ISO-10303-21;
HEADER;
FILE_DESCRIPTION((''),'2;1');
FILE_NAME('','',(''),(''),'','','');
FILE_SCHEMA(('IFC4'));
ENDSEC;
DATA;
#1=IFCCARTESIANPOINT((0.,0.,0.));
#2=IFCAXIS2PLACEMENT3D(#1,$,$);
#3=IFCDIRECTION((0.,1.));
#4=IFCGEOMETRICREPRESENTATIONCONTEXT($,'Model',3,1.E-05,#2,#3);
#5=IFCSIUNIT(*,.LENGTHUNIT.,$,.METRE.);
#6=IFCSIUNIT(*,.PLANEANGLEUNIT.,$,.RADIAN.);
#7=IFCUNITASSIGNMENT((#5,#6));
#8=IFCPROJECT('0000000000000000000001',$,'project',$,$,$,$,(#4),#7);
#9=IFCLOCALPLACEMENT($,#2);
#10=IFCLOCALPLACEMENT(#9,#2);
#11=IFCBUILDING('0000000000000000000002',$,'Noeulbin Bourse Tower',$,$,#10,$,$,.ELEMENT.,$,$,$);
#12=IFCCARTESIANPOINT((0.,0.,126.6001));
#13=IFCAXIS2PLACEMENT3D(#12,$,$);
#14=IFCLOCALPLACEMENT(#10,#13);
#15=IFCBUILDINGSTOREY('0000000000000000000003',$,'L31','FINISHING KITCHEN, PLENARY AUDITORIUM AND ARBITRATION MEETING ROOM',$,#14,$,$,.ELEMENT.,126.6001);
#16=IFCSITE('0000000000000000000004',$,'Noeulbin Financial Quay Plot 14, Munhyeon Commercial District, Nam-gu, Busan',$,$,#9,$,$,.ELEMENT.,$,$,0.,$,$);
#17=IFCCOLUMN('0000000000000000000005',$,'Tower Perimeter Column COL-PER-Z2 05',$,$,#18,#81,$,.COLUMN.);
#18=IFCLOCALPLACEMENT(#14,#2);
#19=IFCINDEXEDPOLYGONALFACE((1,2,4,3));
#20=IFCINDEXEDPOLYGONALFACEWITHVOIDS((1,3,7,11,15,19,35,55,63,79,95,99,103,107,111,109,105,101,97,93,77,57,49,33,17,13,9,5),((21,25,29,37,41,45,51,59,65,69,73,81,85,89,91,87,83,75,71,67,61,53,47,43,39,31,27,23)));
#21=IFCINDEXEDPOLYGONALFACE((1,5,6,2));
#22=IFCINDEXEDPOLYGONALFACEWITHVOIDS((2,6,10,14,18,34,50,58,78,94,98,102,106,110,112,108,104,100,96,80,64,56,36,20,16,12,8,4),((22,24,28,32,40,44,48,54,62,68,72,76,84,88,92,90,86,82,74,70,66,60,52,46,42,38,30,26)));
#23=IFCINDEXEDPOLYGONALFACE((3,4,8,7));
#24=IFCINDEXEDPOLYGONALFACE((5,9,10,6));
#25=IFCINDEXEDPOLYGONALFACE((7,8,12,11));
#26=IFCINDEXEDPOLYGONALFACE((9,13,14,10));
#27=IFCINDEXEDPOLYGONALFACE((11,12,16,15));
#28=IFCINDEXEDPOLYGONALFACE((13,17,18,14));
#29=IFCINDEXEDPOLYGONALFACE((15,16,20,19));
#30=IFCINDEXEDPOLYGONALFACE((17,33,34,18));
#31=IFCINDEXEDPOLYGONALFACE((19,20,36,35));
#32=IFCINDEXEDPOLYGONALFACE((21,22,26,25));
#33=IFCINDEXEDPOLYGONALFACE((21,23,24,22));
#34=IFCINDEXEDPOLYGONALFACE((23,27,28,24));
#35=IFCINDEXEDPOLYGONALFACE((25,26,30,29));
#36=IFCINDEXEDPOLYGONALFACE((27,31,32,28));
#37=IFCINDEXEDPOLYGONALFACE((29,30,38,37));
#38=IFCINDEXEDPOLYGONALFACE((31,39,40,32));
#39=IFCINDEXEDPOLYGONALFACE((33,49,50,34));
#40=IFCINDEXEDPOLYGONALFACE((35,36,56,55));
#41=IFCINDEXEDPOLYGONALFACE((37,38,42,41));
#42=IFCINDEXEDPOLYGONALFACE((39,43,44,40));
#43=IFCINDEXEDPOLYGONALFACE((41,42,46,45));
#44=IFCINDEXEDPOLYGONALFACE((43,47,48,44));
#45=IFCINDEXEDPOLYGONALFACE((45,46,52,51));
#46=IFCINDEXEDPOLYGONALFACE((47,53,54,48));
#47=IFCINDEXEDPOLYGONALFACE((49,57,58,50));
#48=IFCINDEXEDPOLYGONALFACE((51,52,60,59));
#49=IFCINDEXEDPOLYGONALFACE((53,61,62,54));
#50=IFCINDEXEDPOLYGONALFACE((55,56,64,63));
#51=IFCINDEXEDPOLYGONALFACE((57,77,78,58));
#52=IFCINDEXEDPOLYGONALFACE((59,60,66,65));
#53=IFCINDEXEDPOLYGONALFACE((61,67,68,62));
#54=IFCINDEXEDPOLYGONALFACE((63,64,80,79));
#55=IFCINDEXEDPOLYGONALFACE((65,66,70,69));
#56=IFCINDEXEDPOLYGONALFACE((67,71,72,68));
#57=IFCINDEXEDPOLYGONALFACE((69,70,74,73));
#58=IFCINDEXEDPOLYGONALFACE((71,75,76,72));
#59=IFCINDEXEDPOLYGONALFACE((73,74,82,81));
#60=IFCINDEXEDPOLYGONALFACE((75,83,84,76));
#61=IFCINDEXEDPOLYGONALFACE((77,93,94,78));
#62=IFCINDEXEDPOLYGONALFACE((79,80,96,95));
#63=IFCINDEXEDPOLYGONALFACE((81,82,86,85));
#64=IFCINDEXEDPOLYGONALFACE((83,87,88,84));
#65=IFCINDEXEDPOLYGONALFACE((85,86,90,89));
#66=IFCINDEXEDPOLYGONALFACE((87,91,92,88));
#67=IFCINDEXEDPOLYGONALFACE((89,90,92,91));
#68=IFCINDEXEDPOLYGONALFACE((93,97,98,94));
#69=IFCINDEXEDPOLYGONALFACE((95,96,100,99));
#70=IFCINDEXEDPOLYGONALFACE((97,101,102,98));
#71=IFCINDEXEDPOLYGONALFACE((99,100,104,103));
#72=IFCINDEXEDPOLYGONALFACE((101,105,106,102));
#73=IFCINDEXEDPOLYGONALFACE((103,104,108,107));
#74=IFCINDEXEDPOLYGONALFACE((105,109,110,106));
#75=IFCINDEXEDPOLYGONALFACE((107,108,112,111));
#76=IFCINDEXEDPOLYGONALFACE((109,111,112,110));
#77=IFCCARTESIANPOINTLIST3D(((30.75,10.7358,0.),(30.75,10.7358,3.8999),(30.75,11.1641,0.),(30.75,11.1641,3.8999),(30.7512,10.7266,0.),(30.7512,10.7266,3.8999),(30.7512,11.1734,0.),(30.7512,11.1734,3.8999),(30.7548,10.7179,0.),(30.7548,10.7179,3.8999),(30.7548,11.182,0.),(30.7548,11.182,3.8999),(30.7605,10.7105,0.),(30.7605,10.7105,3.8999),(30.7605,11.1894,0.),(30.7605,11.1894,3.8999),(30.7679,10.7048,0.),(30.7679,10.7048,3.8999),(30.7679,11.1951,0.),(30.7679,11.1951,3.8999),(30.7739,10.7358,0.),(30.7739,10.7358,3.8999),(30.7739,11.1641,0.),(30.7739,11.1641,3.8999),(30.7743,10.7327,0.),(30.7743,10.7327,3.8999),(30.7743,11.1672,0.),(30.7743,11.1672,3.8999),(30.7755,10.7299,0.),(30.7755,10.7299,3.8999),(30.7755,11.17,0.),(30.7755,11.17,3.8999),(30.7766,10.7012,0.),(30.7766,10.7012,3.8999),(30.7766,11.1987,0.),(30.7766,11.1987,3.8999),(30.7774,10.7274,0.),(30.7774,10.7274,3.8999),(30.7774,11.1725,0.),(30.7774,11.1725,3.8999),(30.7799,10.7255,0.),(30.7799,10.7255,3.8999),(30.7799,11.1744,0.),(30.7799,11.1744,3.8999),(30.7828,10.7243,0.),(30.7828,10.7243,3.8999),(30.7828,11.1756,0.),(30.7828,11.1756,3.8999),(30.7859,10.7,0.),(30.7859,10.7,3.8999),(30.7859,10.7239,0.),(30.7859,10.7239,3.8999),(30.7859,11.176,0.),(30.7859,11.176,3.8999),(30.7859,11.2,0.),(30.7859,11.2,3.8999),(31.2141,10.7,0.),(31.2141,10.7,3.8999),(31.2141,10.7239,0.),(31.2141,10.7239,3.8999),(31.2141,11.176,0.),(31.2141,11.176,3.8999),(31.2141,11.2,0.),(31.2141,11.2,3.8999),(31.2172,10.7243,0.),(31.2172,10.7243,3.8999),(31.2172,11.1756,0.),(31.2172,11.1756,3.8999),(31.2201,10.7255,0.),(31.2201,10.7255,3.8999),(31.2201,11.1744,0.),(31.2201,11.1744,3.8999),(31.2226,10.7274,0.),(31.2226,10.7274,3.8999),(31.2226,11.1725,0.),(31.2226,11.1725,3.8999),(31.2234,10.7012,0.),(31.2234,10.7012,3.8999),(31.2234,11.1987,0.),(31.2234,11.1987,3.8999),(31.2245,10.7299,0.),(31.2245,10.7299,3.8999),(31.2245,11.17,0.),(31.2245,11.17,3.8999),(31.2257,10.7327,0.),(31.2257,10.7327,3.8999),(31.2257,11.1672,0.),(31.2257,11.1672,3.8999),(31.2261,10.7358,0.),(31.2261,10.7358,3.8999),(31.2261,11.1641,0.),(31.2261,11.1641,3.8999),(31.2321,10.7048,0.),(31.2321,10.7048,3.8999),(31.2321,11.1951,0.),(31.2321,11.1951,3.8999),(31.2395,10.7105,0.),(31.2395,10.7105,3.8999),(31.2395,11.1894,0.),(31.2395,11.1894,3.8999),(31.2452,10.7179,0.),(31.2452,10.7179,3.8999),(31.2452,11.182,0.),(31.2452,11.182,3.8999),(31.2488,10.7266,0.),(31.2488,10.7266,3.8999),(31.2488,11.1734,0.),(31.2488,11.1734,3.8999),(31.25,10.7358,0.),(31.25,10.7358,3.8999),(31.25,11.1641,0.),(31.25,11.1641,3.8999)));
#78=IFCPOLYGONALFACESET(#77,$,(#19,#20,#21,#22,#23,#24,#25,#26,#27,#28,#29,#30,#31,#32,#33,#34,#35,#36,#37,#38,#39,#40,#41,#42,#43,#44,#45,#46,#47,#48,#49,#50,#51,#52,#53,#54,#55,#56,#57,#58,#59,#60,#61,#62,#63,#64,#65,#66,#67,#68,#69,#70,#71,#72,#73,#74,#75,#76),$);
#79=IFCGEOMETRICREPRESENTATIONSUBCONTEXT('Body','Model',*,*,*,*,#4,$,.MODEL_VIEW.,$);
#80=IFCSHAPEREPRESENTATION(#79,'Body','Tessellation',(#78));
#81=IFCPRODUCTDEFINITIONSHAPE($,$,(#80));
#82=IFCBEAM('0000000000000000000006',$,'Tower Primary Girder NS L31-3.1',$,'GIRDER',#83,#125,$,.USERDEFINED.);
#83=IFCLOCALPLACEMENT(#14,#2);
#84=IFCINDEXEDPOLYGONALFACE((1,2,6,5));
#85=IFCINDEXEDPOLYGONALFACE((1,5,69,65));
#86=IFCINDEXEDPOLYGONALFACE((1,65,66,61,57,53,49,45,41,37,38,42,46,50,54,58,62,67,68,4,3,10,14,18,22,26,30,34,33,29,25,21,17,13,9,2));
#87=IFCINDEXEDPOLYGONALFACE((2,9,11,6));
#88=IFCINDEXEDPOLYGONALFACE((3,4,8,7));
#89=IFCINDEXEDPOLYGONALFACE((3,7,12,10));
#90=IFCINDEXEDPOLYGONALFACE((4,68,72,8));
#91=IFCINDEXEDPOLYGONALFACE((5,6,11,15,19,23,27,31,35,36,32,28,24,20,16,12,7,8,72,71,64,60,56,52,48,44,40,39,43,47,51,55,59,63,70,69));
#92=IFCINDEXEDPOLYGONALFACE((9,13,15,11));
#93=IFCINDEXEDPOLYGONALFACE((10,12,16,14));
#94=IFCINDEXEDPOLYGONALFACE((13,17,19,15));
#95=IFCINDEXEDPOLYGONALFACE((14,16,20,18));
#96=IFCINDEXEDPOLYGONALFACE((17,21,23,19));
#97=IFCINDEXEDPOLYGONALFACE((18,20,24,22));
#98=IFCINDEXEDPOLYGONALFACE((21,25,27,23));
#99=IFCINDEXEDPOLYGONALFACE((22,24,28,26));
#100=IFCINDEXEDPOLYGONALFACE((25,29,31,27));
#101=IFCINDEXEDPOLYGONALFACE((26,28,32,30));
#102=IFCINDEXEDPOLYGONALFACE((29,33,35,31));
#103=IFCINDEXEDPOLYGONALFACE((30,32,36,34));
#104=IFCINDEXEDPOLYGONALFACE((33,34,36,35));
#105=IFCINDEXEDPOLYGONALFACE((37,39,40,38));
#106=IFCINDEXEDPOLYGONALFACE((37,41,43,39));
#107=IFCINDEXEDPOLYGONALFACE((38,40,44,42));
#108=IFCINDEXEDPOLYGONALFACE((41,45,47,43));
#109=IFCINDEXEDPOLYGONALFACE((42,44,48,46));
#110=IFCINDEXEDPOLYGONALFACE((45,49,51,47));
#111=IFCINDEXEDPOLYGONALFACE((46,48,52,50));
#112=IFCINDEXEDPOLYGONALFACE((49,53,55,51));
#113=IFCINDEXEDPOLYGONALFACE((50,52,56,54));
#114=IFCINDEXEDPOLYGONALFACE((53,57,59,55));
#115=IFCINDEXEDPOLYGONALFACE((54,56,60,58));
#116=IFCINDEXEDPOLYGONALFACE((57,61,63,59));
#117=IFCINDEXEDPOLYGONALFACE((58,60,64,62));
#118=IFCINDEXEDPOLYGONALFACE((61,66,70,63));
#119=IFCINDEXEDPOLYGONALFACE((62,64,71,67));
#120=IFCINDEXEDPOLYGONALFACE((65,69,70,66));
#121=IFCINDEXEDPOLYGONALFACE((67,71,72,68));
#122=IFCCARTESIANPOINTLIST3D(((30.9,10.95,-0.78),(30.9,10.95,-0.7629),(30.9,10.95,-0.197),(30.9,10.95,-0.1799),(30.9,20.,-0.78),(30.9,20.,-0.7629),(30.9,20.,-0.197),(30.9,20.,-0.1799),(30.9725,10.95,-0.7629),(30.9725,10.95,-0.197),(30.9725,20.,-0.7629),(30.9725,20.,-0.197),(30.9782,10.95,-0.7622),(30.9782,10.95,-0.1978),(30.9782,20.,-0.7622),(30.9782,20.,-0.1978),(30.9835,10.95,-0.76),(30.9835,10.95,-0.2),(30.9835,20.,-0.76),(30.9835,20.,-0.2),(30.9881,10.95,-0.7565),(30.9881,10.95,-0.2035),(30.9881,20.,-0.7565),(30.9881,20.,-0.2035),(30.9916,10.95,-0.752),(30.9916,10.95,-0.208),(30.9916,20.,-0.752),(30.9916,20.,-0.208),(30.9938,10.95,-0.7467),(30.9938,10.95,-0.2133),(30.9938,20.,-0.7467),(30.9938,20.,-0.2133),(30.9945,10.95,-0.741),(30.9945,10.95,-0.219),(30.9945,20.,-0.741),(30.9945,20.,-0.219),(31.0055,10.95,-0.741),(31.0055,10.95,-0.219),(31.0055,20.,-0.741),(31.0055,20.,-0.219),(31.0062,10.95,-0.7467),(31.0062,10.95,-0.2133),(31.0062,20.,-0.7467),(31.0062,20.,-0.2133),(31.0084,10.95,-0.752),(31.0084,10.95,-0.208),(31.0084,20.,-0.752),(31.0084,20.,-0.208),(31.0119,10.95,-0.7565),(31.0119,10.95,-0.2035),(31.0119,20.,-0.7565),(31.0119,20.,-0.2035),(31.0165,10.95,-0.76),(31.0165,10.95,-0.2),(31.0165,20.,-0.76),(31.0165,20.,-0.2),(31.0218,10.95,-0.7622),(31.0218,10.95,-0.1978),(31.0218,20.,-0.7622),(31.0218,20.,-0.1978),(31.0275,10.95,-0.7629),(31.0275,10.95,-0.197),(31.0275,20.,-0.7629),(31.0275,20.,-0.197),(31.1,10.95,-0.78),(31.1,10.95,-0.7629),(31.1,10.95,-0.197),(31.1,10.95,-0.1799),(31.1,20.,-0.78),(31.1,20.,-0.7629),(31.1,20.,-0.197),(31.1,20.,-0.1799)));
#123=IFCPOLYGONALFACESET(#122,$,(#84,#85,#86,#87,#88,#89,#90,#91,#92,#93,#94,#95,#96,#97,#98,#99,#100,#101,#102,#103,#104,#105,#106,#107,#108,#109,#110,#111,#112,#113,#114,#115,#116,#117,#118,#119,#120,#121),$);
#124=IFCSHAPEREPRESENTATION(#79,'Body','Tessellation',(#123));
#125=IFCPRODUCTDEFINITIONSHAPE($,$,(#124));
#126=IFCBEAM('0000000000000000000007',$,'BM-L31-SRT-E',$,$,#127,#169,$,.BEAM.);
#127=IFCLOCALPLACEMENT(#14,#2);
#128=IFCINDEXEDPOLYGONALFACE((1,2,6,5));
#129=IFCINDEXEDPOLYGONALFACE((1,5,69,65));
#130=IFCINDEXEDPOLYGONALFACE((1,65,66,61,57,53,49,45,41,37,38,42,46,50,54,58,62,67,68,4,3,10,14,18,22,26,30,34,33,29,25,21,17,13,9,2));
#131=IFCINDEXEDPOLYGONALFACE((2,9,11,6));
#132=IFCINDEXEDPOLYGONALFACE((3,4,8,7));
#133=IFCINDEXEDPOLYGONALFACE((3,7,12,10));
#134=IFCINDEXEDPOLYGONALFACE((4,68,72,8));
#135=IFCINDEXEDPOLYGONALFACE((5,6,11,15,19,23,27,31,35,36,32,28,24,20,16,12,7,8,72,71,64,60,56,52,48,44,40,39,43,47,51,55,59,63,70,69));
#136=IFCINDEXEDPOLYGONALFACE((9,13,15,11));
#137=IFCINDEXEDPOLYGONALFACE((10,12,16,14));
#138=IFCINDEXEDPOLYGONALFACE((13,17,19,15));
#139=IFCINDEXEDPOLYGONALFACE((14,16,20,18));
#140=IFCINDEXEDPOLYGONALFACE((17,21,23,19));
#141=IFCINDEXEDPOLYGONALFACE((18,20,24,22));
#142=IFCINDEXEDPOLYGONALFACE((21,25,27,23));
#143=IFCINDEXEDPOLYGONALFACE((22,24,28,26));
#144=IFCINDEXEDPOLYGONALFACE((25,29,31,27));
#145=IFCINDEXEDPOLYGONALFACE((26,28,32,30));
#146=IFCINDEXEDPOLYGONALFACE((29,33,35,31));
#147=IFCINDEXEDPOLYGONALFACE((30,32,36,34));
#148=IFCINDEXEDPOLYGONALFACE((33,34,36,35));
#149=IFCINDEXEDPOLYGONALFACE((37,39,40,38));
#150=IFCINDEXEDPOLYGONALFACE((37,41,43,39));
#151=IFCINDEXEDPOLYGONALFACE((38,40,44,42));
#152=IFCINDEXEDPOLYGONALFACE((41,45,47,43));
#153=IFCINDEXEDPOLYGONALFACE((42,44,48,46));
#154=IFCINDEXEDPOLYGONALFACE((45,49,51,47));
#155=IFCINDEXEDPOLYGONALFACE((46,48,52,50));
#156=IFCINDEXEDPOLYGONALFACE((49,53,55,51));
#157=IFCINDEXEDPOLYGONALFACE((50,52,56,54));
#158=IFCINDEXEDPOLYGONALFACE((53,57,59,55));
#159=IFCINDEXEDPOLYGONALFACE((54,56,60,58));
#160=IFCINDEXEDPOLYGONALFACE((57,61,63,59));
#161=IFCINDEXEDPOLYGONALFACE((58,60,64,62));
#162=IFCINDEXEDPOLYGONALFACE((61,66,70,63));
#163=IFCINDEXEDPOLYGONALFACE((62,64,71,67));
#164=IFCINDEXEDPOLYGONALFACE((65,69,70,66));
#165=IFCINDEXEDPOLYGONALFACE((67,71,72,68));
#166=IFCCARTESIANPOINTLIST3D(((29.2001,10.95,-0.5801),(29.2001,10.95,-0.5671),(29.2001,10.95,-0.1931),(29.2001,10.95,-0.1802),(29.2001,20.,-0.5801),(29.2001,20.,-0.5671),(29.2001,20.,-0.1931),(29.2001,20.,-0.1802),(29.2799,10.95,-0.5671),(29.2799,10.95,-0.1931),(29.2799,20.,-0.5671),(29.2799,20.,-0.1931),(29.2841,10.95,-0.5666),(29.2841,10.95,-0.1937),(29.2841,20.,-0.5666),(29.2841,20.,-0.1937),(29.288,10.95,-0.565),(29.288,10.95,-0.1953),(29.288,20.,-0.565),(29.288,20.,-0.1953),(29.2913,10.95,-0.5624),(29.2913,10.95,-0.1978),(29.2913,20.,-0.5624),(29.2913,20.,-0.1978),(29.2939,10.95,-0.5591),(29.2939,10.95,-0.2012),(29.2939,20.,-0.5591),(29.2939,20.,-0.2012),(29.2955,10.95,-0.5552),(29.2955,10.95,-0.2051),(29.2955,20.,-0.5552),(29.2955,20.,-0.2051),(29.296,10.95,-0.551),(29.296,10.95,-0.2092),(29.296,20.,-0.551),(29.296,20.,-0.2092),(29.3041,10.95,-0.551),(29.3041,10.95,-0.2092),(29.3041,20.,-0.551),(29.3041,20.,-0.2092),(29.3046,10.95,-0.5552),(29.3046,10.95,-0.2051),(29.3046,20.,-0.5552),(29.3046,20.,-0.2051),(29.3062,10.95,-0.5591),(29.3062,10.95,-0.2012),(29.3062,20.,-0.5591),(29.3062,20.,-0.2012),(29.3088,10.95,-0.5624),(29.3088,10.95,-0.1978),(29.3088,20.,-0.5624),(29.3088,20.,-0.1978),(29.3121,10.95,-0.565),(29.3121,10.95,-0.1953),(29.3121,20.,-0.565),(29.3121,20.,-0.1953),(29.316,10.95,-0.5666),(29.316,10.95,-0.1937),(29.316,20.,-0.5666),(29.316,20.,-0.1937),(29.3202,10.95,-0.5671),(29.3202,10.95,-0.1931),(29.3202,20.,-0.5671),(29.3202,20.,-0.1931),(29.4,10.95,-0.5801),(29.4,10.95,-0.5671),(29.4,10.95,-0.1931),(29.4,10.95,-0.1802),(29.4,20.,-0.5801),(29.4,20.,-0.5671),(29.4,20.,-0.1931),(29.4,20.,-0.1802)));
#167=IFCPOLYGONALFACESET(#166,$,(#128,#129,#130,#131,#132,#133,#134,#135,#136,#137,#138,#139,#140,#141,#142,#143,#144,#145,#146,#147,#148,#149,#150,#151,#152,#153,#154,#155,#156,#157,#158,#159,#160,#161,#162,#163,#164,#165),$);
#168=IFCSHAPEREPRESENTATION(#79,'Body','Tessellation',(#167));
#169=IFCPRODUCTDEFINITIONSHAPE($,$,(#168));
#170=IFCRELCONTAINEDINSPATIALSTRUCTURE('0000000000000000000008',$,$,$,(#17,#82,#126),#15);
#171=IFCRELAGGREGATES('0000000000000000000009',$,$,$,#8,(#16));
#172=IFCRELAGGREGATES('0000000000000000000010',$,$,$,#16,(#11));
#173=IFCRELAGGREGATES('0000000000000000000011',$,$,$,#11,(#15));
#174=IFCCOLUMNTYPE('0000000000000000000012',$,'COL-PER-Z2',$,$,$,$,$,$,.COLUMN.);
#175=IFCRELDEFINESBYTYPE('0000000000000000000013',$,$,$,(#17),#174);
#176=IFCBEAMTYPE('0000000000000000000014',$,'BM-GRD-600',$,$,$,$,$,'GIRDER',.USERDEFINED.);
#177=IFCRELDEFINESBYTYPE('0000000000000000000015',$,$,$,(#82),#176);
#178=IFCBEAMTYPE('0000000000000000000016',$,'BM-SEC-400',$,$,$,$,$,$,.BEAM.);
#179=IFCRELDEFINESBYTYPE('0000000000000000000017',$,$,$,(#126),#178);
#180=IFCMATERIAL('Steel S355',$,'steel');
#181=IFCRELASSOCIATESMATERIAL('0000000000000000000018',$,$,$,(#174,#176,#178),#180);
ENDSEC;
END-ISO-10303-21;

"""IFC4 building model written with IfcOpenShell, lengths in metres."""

from ifc_helpers import new_model, si_unit, direction, frame, origin, origin_2d, place, context, subcontext, project, spatial, hollow_rectangle, i_section, extrude, material, material_profile, profile_set, type_object, element, save


model = new_model("IFC4")

# Units and contexts
model_context = context("Model", 3, precision=1e-05, world=origin(), true_north=direction((0.0, 1.0)))
body_context = subcontext(model_context, "Body", "Model", "MODEL_VIEW")
ifc_project = project(units=[si_unit("LENGTHUNIT", "METRE"), si_unit("PLANEANGLEUNIT", "RADIAN")], contexts=[model_context])

# Site, building, storey
site_placement = place(None, origin())
site = spatial("IfcSite", under=ifc_project, at=site_placement, Name="Noeulbin Financial Quay Plot 14, Munhyeon Commercial District, Nam-gu, Busan", CompositionType="ELEMENT", RefElevation=0.0)
building_placement = place(site_placement, origin())
building = spatial("IfcBuilding", under=site, at=building_placement, Name="Noeulbin Bourse Tower", CompositionType="ELEMENT")
storey_placement = place(building_placement, frame((0.0, 0.0, 126.6001)))
storey = spatial("IfcBuildingStorey", under=building, at=storey_placement, Name="L31", Description="FINISHING KITCHEN, PLENARY AUDITORIUM AND ARBITRATION MEETING ROOM", CompositionType="ELEMENT", Elevation=126.6001)

# Column
ifc_material_1 = material(Name="Steel S355", Category="steel")
ifc_material_profile_1 = material_profile(ifc_material_1, hollow_rectangle(XDim=0.5, YDim=0.5, WallThickness=0.0239, InnerFilletRadius=0.012, OuterFilletRadius=0.0359, at=origin_2d()), Name="BOX-500x500x24", Category="LoadBearing")
ifc_profile_set_1 = profile_set([ifc_material_profile_1], Name="Steel S355")
column_type = type_object("IfcColumnType", Name="COL-PER-Z2", PredefinedType="COLUMN", material=ifc_profile_set_1)
column_placement = place(storey_placement, frame((31.0, 10.95, 0.0), z_axis=(0.0, 0.0, 1.0), x_axis=(1.0, 0.0, 0.0)))
element("IfcColumn", 1, at=column_placement, inside=storey, type_object=column_type, Name="Tower Perimeter Column COL-PER-Z2 05", PredefinedType="COLUMN", context=body_context, shape_type="SweptSolid", body=[
    extrude(hollow_rectangle(XDim=0.5, YDim=0.5, WallThickness=0.0239, InnerFilletRadius=0.012, OuterFilletRadius=0.0359, at=origin_2d()), origin(), (0.0, 0.0, 1.0), 3.8999),
])

# Beams
ifc_material_profile_2 = material_profile(ifc_material_1, i_section(OverallWidth=0.2, OverallDepth=0.6001, WebThickness=0.011, FlangeThickness=0.0171, FilletRadius=0.022, at=origin_2d()), Name="H-600x200x11x17", Category="LoadBearing")
ifc_profile_set_2 = profile_set([ifc_material_profile_2], Name="Steel S355")
beam_type_1 = type_object("IfcBeamType", Name="BM-GRD-600", ElementType="GIRDER", PredefinedType="USERDEFINED", material=ifc_profile_set_2)
beam_1_placement = place(storey_placement, frame((31.0, 10.95, -0.48), z_axis=(0.0, 1.0, 0.0), x_axis=(-1.0, 0.0, 0.0)))
element("IfcBeam", 2, at=beam_1_placement, inside=storey, type_object=beam_type_1, Name="Tower Primary Girder NS L31-3.1", ObjectType="GIRDER", PredefinedType="USERDEFINED", context=body_context, shape_type="SweptSolid", body=[
    extrude(i_section(OverallWidth=0.2, OverallDepth=0.6001, WebThickness=0.011, FlangeThickness=0.0171, FilletRadius=0.022, at=origin_2d()), origin(), (0.0, 0.0, 1.0), 9.05),
])
ifc_material_profile_3 = material_profile(ifc_material_1, i_section(OverallWidth=0.2, OverallDepth=0.3999, WebThickness=0.0081, FlangeThickness=0.0129, FilletRadius=0.0161, at=origin_2d()), Name="H-400x200x8x13", Category="LoadBearing")
ifc_profile_set_3 = profile_set([ifc_material_profile_3], Name="Steel S355")
beam_type_2 = type_object("IfcBeamType", Name="BM-SEC-400", PredefinedType="BEAM", material=ifc_profile_set_3)
beam_2_placement = place(storey_placement, frame((29.3, 10.95, -0.3801), z_axis=(0.0, 1.0, 0.0), x_axis=(-1.0, 0.0, 0.0)))
element("IfcBeam", 3, at=beam_2_placement, inside=storey, type_object=beam_type_2, Name="BM-L31-SRT-E", PredefinedType="BEAM", context=body_context, shape_type="SweptSolid", body=[
    extrude(i_section(OverallWidth=0.2, OverallDepth=0.3999, WebThickness=0.0081, FlangeThickness=0.0129, FilletRadius=0.0161, at=origin_2d()), origin(), (0.0, 0.0, 1.0), 9.05),
])

save(model, "model.ifc")
